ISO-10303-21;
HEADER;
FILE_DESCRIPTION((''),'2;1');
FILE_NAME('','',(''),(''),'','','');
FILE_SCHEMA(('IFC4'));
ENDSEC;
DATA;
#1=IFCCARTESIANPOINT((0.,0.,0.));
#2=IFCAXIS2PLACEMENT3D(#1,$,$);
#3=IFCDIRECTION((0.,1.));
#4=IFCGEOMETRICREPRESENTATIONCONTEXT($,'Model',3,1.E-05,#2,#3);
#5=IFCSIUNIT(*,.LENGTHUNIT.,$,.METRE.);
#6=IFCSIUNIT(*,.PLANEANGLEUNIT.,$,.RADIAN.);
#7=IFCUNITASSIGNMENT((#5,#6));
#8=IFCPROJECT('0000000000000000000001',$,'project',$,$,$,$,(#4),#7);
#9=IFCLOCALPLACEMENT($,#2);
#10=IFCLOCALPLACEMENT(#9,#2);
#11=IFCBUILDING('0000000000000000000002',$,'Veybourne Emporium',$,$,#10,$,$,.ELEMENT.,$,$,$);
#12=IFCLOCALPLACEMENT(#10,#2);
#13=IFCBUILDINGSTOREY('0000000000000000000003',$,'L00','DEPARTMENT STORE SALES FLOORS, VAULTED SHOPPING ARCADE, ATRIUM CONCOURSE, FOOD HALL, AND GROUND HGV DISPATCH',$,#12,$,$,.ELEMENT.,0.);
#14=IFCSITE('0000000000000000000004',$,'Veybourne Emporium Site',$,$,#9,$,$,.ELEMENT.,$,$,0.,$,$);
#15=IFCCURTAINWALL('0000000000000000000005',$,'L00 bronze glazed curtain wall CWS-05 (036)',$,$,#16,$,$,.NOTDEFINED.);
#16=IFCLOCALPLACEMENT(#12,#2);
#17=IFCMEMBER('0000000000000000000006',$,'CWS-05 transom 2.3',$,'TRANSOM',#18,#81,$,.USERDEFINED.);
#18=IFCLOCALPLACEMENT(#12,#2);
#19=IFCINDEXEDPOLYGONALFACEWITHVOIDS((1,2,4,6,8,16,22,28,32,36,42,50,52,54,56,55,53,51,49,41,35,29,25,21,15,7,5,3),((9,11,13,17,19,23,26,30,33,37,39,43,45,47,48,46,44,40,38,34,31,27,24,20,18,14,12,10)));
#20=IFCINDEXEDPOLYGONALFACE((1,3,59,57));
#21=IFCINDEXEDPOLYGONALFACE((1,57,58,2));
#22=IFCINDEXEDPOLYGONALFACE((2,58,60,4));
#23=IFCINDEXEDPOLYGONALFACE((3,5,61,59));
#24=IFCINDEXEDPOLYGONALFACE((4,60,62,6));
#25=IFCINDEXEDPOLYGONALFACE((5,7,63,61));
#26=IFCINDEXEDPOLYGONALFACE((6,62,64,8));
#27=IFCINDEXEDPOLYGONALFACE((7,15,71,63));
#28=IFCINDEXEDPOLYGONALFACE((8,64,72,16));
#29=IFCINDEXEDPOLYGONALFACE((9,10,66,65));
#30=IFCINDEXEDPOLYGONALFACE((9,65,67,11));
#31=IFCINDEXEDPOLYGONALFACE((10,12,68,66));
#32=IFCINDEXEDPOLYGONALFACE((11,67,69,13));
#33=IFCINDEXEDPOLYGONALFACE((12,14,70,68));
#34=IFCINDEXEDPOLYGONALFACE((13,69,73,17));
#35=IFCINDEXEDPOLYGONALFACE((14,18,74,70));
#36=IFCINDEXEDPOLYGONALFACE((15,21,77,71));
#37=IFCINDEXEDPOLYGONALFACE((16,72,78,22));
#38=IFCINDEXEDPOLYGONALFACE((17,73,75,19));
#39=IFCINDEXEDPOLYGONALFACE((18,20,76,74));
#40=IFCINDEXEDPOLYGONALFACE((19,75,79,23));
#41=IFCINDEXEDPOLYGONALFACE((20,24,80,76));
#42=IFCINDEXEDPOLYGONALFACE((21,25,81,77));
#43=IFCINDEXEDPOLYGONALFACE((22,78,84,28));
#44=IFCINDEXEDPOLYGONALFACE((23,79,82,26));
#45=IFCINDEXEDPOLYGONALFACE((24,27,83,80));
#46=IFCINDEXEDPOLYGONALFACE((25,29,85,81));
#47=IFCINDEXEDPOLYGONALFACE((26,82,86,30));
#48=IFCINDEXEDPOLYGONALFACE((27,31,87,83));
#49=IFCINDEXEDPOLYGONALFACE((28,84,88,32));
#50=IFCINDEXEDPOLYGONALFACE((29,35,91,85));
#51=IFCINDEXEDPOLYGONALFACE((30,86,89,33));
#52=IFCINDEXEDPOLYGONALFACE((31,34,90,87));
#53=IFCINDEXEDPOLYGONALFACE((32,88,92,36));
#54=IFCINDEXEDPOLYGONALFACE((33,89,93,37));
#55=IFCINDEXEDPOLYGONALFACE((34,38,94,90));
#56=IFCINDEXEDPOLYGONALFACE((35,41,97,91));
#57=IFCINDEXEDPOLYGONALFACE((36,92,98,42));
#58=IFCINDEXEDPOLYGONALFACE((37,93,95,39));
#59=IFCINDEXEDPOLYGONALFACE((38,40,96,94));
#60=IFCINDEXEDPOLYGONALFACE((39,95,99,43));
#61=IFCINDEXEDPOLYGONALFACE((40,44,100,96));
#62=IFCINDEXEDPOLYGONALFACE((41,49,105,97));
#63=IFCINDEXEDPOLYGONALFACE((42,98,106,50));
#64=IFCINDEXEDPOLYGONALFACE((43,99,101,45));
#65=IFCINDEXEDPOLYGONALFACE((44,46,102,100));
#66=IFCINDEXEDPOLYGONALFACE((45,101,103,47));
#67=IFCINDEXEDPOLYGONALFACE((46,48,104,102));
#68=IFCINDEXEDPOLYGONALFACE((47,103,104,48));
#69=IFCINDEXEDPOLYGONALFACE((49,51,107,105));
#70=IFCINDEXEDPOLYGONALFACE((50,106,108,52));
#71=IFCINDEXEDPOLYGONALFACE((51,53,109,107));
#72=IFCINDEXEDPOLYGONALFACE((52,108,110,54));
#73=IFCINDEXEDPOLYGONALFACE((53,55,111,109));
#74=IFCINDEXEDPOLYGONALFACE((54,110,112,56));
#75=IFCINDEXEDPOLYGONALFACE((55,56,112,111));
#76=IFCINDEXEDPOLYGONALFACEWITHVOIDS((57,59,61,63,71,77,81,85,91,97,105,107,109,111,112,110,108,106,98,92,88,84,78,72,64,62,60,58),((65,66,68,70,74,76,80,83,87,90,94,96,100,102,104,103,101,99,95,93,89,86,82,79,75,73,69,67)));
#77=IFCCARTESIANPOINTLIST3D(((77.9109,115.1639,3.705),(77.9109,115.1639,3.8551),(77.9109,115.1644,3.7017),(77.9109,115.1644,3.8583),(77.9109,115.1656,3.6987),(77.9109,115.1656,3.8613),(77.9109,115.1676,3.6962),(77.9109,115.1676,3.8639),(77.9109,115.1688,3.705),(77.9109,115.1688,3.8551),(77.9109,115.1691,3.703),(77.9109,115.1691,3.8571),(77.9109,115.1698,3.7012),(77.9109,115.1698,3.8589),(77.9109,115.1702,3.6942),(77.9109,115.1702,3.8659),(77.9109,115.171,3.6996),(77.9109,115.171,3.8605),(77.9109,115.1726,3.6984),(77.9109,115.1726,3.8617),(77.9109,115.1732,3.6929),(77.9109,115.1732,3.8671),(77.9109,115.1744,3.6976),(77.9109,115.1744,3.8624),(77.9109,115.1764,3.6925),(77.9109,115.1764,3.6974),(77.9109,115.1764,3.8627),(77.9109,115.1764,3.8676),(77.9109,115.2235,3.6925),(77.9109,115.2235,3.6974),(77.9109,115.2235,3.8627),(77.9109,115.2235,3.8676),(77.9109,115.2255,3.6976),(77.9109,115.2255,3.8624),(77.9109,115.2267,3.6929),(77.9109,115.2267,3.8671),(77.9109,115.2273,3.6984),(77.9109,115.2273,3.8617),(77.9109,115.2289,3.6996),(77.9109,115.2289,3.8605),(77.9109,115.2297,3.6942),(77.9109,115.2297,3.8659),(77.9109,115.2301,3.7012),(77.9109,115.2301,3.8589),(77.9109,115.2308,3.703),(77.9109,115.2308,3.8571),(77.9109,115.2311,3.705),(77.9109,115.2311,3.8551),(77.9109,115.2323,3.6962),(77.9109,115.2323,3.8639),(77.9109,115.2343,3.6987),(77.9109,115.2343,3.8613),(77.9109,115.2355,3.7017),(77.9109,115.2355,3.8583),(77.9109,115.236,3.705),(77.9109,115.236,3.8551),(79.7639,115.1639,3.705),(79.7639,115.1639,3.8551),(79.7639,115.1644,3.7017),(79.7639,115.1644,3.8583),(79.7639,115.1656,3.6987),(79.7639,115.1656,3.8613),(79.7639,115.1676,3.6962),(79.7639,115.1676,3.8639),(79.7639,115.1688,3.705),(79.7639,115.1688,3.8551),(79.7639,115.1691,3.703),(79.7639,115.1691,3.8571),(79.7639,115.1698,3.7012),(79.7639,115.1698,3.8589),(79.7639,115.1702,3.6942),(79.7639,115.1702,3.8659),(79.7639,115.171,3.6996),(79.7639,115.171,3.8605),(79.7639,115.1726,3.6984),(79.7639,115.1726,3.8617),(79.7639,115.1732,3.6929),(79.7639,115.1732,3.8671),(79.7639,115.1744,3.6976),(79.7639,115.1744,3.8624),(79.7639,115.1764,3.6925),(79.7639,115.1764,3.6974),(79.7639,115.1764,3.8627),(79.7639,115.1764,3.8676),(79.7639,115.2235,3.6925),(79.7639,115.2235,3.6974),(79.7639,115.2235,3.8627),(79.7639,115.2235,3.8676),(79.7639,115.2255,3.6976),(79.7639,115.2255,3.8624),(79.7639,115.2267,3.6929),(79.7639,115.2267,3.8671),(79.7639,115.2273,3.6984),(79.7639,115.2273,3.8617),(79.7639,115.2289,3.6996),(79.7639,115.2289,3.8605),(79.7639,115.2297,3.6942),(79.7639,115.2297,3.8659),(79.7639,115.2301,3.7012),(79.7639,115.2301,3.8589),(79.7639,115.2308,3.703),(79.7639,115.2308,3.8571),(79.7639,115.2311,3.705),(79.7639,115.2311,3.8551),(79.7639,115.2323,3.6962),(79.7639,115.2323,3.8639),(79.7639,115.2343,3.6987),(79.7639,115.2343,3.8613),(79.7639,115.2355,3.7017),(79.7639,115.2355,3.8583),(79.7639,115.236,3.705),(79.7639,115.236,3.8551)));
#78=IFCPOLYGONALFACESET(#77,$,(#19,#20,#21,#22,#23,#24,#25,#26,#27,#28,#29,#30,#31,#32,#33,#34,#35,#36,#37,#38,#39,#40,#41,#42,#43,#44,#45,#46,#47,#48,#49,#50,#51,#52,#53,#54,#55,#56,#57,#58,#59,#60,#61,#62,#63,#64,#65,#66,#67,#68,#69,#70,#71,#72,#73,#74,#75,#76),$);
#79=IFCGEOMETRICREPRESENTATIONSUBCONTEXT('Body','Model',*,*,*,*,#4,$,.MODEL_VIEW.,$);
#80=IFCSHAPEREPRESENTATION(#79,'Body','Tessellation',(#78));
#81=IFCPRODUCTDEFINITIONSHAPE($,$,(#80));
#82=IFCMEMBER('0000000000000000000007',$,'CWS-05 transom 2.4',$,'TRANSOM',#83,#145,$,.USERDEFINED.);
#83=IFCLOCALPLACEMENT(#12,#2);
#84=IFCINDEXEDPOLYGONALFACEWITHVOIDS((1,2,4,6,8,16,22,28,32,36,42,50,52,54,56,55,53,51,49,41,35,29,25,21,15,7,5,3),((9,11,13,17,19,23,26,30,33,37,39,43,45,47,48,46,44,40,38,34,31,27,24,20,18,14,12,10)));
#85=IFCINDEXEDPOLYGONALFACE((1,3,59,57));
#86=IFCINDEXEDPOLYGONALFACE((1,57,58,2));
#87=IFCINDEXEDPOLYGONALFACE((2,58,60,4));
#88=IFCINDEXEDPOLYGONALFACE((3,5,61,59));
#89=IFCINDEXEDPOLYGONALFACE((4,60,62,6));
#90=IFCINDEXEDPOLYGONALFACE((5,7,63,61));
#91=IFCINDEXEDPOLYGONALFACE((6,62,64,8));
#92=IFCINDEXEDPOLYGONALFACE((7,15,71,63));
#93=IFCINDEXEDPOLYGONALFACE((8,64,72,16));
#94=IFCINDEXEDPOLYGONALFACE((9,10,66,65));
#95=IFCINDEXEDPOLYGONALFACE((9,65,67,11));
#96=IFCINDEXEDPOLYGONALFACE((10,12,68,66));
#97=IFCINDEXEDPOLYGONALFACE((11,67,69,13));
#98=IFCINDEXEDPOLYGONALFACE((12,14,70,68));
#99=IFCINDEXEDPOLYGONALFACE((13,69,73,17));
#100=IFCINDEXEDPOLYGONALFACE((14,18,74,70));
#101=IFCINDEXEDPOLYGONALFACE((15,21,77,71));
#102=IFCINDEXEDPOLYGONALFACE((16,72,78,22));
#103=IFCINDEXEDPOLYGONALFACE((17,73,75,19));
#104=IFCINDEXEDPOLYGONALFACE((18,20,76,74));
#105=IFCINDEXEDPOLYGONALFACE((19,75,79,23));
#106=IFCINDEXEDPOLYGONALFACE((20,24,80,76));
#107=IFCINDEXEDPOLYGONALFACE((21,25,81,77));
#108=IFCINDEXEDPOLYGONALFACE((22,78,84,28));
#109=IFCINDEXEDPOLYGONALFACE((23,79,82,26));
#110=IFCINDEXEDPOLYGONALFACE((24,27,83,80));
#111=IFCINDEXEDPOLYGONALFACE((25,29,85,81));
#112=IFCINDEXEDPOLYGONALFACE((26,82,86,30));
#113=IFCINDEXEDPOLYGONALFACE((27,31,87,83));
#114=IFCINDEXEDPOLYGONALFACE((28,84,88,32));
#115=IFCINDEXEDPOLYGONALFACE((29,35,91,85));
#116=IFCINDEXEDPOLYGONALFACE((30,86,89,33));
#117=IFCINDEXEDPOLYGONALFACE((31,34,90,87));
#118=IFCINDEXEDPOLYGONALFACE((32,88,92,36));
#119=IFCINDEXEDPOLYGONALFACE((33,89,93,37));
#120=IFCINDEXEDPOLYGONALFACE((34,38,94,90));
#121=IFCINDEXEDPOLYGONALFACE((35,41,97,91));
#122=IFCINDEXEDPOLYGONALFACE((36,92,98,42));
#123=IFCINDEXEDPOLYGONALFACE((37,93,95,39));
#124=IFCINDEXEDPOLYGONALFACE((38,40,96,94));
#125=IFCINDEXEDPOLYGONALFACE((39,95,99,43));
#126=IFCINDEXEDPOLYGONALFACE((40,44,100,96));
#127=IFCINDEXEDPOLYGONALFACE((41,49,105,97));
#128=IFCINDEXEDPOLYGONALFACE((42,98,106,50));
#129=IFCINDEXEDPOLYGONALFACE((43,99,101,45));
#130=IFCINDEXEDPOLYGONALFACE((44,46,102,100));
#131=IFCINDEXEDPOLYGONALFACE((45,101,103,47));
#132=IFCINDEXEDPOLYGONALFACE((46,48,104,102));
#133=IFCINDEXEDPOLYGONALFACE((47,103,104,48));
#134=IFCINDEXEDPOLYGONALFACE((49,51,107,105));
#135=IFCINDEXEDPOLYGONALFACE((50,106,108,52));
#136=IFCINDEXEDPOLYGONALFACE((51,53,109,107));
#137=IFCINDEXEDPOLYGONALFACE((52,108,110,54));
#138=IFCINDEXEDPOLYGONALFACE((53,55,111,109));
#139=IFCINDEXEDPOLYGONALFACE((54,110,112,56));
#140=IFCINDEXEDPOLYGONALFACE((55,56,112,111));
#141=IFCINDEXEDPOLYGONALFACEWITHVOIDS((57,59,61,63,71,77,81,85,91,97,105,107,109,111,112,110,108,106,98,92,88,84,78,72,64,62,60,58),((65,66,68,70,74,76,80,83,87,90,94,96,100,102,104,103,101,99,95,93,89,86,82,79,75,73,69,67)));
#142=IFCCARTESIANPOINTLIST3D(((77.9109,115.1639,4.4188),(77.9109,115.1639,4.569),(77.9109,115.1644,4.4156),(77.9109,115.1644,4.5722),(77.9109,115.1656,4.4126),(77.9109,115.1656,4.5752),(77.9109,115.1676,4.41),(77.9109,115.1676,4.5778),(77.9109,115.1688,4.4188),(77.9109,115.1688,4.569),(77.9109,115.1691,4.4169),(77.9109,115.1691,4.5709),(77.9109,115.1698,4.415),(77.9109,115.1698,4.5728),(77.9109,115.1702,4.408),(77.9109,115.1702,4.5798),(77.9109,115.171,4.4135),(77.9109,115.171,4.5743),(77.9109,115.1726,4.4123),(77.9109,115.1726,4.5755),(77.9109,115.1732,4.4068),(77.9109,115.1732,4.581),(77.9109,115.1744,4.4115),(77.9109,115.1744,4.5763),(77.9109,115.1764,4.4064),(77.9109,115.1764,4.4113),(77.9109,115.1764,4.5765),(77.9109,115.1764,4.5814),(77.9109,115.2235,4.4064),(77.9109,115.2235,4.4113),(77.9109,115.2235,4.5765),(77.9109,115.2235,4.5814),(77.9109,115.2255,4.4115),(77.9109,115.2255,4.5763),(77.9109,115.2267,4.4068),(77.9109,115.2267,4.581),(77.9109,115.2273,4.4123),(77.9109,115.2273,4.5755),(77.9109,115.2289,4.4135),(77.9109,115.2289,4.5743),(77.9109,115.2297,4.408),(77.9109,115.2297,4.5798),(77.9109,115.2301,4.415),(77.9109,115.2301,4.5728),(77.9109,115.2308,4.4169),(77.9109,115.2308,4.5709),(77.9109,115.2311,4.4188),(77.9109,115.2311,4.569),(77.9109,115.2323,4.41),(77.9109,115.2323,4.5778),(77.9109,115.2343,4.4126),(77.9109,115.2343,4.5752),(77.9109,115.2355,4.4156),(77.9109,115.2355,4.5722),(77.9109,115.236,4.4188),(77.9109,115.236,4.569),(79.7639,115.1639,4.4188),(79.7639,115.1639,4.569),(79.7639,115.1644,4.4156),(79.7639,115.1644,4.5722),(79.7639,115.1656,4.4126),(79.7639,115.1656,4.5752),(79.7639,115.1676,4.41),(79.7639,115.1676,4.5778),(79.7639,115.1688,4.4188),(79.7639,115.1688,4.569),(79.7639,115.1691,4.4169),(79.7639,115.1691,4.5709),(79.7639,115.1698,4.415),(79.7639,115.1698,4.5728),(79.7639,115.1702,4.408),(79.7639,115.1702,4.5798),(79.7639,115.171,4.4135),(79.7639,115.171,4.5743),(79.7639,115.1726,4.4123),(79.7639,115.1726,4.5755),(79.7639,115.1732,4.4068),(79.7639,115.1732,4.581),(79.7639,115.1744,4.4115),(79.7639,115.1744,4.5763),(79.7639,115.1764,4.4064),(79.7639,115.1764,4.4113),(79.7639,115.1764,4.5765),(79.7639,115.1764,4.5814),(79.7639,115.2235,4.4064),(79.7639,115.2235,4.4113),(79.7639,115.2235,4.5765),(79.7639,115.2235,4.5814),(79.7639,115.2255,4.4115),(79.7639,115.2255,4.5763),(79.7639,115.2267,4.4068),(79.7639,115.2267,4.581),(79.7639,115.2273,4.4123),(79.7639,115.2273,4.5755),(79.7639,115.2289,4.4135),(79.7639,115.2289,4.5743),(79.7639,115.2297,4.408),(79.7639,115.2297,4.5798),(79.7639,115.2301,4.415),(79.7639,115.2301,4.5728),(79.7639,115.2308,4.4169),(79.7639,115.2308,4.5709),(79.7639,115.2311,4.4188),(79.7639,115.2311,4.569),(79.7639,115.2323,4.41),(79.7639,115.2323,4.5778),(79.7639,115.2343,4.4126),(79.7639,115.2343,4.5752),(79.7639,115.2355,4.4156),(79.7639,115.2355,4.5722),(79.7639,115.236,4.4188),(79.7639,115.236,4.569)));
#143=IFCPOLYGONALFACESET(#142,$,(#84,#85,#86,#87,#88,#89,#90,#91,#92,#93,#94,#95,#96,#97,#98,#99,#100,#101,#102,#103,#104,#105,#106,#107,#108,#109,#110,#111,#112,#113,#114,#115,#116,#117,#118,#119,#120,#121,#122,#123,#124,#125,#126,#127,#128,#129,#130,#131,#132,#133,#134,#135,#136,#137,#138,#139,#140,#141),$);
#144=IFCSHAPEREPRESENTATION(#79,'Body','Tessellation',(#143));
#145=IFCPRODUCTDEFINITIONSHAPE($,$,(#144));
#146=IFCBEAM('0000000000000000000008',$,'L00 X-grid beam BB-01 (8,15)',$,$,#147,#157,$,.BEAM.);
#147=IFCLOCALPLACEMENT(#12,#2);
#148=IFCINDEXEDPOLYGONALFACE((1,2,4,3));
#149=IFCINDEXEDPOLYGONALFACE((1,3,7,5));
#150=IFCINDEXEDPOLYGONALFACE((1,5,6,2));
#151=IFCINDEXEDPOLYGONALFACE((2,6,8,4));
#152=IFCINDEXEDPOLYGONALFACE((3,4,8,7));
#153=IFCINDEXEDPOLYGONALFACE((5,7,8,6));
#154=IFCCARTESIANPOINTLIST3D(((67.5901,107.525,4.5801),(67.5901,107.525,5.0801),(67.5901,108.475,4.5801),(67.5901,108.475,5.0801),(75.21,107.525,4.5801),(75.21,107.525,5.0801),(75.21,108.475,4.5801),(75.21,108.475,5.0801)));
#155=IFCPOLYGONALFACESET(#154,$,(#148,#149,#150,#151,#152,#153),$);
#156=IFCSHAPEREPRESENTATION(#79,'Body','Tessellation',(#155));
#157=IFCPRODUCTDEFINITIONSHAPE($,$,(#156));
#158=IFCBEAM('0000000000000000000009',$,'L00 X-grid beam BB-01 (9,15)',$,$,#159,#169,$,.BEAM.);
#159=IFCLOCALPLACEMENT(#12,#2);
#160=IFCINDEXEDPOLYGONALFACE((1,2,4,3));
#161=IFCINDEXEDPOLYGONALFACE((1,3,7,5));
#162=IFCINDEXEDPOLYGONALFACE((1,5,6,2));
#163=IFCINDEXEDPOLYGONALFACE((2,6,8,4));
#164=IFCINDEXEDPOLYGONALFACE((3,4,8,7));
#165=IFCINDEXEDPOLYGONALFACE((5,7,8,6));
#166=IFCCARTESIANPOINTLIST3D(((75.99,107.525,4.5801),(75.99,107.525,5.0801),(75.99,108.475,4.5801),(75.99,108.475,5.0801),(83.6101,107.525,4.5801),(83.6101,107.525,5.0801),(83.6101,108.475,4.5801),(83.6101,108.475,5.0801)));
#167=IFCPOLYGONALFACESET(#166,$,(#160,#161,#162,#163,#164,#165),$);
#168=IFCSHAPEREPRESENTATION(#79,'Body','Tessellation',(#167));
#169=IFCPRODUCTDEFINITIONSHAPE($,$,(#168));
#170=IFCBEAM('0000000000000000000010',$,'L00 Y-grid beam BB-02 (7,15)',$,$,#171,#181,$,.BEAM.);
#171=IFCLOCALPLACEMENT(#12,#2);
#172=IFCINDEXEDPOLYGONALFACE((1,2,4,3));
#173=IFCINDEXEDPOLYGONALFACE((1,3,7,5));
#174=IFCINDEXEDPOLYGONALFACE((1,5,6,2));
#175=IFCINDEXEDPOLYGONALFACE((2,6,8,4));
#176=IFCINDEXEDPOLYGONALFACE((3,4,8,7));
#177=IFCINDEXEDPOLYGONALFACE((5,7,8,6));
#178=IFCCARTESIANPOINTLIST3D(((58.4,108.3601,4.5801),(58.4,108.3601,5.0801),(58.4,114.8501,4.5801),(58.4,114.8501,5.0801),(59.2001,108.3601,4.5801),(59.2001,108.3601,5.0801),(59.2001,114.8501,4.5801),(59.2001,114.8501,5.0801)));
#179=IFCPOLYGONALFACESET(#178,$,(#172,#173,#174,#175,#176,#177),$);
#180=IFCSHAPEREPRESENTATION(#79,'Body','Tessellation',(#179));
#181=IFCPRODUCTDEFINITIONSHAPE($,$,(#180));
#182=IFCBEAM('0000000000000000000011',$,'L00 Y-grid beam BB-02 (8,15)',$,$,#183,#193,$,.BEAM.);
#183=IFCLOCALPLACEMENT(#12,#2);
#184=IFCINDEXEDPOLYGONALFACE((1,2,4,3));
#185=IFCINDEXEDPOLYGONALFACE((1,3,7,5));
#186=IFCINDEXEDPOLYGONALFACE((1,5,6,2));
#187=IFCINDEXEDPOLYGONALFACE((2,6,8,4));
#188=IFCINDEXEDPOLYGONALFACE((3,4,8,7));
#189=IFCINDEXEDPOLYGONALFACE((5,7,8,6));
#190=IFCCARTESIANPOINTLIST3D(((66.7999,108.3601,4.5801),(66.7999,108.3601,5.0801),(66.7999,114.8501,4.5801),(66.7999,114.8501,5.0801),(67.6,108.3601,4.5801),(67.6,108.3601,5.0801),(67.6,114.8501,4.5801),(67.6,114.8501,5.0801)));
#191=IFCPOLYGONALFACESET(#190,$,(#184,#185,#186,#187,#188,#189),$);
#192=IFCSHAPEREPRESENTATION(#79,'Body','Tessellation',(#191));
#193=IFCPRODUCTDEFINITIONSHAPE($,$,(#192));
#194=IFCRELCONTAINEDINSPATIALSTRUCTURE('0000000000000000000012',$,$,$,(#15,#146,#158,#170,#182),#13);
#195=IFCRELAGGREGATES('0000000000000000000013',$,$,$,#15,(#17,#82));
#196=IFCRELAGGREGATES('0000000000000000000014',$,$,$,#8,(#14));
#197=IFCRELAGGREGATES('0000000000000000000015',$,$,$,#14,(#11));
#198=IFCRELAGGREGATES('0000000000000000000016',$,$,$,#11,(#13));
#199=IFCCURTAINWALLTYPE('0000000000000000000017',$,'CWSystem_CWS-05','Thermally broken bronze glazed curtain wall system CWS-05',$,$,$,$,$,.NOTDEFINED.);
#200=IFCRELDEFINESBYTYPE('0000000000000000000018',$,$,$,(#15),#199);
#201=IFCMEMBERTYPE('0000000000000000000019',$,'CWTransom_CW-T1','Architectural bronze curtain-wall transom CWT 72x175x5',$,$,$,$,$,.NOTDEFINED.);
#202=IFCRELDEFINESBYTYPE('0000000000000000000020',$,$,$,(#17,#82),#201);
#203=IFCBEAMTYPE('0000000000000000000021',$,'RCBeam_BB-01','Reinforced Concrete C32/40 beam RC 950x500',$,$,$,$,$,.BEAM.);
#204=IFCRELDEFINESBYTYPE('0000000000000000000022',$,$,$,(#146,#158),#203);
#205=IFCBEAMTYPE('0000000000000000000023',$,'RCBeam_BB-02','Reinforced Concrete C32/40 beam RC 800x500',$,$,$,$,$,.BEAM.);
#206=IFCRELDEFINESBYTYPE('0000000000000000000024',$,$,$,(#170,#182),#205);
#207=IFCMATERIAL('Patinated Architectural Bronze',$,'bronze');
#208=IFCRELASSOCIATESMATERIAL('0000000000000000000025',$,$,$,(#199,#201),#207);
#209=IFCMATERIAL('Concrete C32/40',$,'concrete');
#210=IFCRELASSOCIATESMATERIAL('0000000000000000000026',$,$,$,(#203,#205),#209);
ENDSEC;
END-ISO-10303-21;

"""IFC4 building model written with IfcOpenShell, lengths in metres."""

from ifc_helpers import new_model, si_unit, direction, frame, origin, origin_2d, place, context, subcontext, project, spatial, rectangle, hollow_rectangle, extrude, material, material_profile, profile_set, type_object, element, aggregate, save


model = new_model("IFC4")

# Units and contexts
model_context = context("Model", 3, precision=1e-05, world=origin(), true_north=direction((0.0, 1.0)))
body_context = subcontext(model_context, "Body", "Model", "MODEL_VIEW")
ifc_project = project(units=[si_unit("LENGTHUNIT", "METRE"), si_unit("PLANEANGLEUNIT", "RADIAN")], contexts=[model_context])

# Site, building, storey
site_placement = place(None, origin())
site = spatial("IfcSite", under=ifc_project, at=site_placement, Name="Veybourne Emporium Site", CompositionType="ELEMENT", RefElevation=0.0)
building_placement = place(site_placement, origin())
building = spatial("IfcBuilding", under=site, at=building_placement, Name="Veybourne Emporium", CompositionType="ELEMENT")
storey_placement = place(building_placement, origin())
storey = spatial("IfcBuildingStorey", under=building, at=storey_placement, Name="L00", Description="DEPARTMENT STORE SALES FLOORS, VAULTED SHOPPING ARCADE, ATRIUM CONCOURSE, FOOD HALL, AND GROUND HGV DISPATCH", CompositionType="ELEMENT", Elevation=0.0)

# Curtain wall, members
ifc_material_1 = material(Name="Patinated Architectural Bronze", Category="bronze")
curtain_wall_type = type_object("IfcCurtainWallType", Name="CWSystem_CWS-05", Description="Thermally broken bronze glazed curtain wall system CWS-05", PredefinedType="NOTDEFINED", material=ifc_material_1)
curtain_wall_placement = place(storey_placement, origin())
curtain_wall = element("IfcCurtainWall", 1, at=curtain_wall_placement, inside=storey, type_object=curtain_wall_type, Name="L00 bronze glazed curtain wall CWS-05 (036)", PredefinedType="NOTDEFINED")
ifc_material_profile_1 = material_profile(ifc_material_1, hollow_rectangle(XDim=0.072, YDim=0.175, WallThickness=0.0049, InnerFilletRadius=0.0076, OuterFilletRadius=0.0125, at=origin_2d()), Name="CWT 72x175x5")
ifc_profile_set_1 = profile_set([ifc_material_profile_1], Name="Patinated Architectural Bronze")
member_type_1 = type_object("IfcMemberType", Name="CWTransom_CW-T1", Description="Architectural bronze curtain-wall transom CWT 72x175x5", PredefinedType="NOTDEFINED", material=ifc_profile_set_1)
member_1_placement = place(storey_placement, frame((77.9109, 115.2, 3.78), z_axis=(1.0, 0.0, 0.0), x_axis=(0.0, 1.0, 0.0)))
member_1 = element("IfcMember", 2, at=member_1_placement, type_object=member_type_1, Name="CWS-05 transom 2.3", ObjectType="TRANSOM", PredefinedType="USERDEFINED", context=body_context, shape_type="SweptSolid", body=[
    extrude(hollow_rectangle(XDim=0.072, YDim=0.175, WallThickness=0.0049, InnerFilletRadius=0.0076, OuterFilletRadius=0.0125, at=origin_2d()), origin(), (0.0, 0.0, 1.0), 1.853),
])
member_2_placement = place(storey_placement, frame((77.9109, 115.2, 4.4939), z_axis=(1.0, 0.0, 0.0), x_axis=(0.0, 1.0, 0.0)))
member_2 = element("IfcMember", 3, at=member_2_placement, type_object=member_type_1, Name="CWS-05 transom 2.4", ObjectType="TRANSOM", PredefinedType="USERDEFINED", context=body_context, shape_type="SweptSolid", body=[
    extrude(hollow_rectangle(XDim=0.072, YDim=0.175, WallThickness=0.0049, InnerFilletRadius=0.0076, OuterFilletRadius=0.0125, at=origin_2d()), origin(), (0.0, 0.0, 1.0), 1.853),
])

# Beams
ifc_material_2 = material(Name="Concrete C32/40", Category="concrete")
ifc_material_profile_2 = material_profile(ifc_material_2, rectangle(XDim=0.95, YDim=0.5, at=origin_2d()), Name="RC 950x500")
ifc_profile_set_2 = profile_set([ifc_material_profile_2], Name="Concrete C32/40")
beam_type_1 = type_object("IfcBeamType", Name="RCBeam_BB-01", Description="Reinforced Concrete C32/40 beam RC 950x500", PredefinedType="BEAM", material=ifc_profile_set_2)
beam_1_placement = place(storey_placement, frame((67.5901, 108.0, 4.8301), z_axis=(1.0, 0.0, 0.0), x_axis=(0.0, 1.0, 0.0)))
element("IfcBeam", 4, at=beam_1_placement, inside=storey, type_object=beam_type_1, Name="L00 X-grid beam BB-01 (8,15)", PredefinedType="BEAM", context=body_context, shape_type="SweptSolid", body=[
    extrude(rectangle(XDim=0.95, YDim=0.5, at=origin_2d()), origin(), (0.0, 0.0, 1.0), 7.6199),
])
beam_2_placement = place(storey_placement, frame((75.99, 108.0, 4.8301), z_axis=(1.0, 0.0, 0.0), x_axis=(0.0, 1.0, 0.0)))
element("IfcBeam", 5, at=beam_2_placement, inside=storey, type_object=beam_type_1, Name="L00 X-grid beam BB-01 (9,15)", PredefinedType="BEAM", context=body_context, shape_type="SweptSolid", body=[
    extrude(rectangle(XDim=0.95, YDim=0.5, at=origin_2d()), origin(), (0.0, 0.0, 1.0), 7.6201),
])
ifc_material_profile_3 = material_profile(ifc_material_2, rectangle(XDim=0.8, YDim=0.5, at=origin_2d()), Name="RC 800x500")
ifc_profile_set_3 = profile_set([ifc_material_profile_3], Name="Concrete C32/40")
beam_type_2 = type_object("IfcBeamType", Name="RCBeam_BB-02", Description="Reinforced Concrete C32/40 beam RC 800x500", PredefinedType="BEAM", material=ifc_profile_set_3)
for number, where, z_axis, x_axis, name in (
    (6, (58.8, 108.3601, 4.8301), (0.0, 1.0, 0.0), (-1.0, 0.0, 0.0), "L00 Y-grid beam BB-02 (7,15)"),
    (7, (67.2, 108.3601, 4.8301), (0.0, 1.0, 0.0), (-1.0, 0.0, 0.0), "L00 Y-grid beam BB-02 (8,15)"),
):
    element("IfcBeam", number, at=place(storey_placement, frame(where, z_axis=z_axis, x_axis=x_axis)), inside=storey, type_object=beam_type_2, Name=name, PredefinedType="BEAM", context=body_context, shape_type="SweptSolid", body=[
        extrude(rectangle(XDim=0.8, YDim=0.5, at=origin_2d()), origin(), (0.0, 0.0, 1.0), 6.49),
    ])

aggregate(curtain_wall, [member_1, member_2])

save(model, "model.ifc")
